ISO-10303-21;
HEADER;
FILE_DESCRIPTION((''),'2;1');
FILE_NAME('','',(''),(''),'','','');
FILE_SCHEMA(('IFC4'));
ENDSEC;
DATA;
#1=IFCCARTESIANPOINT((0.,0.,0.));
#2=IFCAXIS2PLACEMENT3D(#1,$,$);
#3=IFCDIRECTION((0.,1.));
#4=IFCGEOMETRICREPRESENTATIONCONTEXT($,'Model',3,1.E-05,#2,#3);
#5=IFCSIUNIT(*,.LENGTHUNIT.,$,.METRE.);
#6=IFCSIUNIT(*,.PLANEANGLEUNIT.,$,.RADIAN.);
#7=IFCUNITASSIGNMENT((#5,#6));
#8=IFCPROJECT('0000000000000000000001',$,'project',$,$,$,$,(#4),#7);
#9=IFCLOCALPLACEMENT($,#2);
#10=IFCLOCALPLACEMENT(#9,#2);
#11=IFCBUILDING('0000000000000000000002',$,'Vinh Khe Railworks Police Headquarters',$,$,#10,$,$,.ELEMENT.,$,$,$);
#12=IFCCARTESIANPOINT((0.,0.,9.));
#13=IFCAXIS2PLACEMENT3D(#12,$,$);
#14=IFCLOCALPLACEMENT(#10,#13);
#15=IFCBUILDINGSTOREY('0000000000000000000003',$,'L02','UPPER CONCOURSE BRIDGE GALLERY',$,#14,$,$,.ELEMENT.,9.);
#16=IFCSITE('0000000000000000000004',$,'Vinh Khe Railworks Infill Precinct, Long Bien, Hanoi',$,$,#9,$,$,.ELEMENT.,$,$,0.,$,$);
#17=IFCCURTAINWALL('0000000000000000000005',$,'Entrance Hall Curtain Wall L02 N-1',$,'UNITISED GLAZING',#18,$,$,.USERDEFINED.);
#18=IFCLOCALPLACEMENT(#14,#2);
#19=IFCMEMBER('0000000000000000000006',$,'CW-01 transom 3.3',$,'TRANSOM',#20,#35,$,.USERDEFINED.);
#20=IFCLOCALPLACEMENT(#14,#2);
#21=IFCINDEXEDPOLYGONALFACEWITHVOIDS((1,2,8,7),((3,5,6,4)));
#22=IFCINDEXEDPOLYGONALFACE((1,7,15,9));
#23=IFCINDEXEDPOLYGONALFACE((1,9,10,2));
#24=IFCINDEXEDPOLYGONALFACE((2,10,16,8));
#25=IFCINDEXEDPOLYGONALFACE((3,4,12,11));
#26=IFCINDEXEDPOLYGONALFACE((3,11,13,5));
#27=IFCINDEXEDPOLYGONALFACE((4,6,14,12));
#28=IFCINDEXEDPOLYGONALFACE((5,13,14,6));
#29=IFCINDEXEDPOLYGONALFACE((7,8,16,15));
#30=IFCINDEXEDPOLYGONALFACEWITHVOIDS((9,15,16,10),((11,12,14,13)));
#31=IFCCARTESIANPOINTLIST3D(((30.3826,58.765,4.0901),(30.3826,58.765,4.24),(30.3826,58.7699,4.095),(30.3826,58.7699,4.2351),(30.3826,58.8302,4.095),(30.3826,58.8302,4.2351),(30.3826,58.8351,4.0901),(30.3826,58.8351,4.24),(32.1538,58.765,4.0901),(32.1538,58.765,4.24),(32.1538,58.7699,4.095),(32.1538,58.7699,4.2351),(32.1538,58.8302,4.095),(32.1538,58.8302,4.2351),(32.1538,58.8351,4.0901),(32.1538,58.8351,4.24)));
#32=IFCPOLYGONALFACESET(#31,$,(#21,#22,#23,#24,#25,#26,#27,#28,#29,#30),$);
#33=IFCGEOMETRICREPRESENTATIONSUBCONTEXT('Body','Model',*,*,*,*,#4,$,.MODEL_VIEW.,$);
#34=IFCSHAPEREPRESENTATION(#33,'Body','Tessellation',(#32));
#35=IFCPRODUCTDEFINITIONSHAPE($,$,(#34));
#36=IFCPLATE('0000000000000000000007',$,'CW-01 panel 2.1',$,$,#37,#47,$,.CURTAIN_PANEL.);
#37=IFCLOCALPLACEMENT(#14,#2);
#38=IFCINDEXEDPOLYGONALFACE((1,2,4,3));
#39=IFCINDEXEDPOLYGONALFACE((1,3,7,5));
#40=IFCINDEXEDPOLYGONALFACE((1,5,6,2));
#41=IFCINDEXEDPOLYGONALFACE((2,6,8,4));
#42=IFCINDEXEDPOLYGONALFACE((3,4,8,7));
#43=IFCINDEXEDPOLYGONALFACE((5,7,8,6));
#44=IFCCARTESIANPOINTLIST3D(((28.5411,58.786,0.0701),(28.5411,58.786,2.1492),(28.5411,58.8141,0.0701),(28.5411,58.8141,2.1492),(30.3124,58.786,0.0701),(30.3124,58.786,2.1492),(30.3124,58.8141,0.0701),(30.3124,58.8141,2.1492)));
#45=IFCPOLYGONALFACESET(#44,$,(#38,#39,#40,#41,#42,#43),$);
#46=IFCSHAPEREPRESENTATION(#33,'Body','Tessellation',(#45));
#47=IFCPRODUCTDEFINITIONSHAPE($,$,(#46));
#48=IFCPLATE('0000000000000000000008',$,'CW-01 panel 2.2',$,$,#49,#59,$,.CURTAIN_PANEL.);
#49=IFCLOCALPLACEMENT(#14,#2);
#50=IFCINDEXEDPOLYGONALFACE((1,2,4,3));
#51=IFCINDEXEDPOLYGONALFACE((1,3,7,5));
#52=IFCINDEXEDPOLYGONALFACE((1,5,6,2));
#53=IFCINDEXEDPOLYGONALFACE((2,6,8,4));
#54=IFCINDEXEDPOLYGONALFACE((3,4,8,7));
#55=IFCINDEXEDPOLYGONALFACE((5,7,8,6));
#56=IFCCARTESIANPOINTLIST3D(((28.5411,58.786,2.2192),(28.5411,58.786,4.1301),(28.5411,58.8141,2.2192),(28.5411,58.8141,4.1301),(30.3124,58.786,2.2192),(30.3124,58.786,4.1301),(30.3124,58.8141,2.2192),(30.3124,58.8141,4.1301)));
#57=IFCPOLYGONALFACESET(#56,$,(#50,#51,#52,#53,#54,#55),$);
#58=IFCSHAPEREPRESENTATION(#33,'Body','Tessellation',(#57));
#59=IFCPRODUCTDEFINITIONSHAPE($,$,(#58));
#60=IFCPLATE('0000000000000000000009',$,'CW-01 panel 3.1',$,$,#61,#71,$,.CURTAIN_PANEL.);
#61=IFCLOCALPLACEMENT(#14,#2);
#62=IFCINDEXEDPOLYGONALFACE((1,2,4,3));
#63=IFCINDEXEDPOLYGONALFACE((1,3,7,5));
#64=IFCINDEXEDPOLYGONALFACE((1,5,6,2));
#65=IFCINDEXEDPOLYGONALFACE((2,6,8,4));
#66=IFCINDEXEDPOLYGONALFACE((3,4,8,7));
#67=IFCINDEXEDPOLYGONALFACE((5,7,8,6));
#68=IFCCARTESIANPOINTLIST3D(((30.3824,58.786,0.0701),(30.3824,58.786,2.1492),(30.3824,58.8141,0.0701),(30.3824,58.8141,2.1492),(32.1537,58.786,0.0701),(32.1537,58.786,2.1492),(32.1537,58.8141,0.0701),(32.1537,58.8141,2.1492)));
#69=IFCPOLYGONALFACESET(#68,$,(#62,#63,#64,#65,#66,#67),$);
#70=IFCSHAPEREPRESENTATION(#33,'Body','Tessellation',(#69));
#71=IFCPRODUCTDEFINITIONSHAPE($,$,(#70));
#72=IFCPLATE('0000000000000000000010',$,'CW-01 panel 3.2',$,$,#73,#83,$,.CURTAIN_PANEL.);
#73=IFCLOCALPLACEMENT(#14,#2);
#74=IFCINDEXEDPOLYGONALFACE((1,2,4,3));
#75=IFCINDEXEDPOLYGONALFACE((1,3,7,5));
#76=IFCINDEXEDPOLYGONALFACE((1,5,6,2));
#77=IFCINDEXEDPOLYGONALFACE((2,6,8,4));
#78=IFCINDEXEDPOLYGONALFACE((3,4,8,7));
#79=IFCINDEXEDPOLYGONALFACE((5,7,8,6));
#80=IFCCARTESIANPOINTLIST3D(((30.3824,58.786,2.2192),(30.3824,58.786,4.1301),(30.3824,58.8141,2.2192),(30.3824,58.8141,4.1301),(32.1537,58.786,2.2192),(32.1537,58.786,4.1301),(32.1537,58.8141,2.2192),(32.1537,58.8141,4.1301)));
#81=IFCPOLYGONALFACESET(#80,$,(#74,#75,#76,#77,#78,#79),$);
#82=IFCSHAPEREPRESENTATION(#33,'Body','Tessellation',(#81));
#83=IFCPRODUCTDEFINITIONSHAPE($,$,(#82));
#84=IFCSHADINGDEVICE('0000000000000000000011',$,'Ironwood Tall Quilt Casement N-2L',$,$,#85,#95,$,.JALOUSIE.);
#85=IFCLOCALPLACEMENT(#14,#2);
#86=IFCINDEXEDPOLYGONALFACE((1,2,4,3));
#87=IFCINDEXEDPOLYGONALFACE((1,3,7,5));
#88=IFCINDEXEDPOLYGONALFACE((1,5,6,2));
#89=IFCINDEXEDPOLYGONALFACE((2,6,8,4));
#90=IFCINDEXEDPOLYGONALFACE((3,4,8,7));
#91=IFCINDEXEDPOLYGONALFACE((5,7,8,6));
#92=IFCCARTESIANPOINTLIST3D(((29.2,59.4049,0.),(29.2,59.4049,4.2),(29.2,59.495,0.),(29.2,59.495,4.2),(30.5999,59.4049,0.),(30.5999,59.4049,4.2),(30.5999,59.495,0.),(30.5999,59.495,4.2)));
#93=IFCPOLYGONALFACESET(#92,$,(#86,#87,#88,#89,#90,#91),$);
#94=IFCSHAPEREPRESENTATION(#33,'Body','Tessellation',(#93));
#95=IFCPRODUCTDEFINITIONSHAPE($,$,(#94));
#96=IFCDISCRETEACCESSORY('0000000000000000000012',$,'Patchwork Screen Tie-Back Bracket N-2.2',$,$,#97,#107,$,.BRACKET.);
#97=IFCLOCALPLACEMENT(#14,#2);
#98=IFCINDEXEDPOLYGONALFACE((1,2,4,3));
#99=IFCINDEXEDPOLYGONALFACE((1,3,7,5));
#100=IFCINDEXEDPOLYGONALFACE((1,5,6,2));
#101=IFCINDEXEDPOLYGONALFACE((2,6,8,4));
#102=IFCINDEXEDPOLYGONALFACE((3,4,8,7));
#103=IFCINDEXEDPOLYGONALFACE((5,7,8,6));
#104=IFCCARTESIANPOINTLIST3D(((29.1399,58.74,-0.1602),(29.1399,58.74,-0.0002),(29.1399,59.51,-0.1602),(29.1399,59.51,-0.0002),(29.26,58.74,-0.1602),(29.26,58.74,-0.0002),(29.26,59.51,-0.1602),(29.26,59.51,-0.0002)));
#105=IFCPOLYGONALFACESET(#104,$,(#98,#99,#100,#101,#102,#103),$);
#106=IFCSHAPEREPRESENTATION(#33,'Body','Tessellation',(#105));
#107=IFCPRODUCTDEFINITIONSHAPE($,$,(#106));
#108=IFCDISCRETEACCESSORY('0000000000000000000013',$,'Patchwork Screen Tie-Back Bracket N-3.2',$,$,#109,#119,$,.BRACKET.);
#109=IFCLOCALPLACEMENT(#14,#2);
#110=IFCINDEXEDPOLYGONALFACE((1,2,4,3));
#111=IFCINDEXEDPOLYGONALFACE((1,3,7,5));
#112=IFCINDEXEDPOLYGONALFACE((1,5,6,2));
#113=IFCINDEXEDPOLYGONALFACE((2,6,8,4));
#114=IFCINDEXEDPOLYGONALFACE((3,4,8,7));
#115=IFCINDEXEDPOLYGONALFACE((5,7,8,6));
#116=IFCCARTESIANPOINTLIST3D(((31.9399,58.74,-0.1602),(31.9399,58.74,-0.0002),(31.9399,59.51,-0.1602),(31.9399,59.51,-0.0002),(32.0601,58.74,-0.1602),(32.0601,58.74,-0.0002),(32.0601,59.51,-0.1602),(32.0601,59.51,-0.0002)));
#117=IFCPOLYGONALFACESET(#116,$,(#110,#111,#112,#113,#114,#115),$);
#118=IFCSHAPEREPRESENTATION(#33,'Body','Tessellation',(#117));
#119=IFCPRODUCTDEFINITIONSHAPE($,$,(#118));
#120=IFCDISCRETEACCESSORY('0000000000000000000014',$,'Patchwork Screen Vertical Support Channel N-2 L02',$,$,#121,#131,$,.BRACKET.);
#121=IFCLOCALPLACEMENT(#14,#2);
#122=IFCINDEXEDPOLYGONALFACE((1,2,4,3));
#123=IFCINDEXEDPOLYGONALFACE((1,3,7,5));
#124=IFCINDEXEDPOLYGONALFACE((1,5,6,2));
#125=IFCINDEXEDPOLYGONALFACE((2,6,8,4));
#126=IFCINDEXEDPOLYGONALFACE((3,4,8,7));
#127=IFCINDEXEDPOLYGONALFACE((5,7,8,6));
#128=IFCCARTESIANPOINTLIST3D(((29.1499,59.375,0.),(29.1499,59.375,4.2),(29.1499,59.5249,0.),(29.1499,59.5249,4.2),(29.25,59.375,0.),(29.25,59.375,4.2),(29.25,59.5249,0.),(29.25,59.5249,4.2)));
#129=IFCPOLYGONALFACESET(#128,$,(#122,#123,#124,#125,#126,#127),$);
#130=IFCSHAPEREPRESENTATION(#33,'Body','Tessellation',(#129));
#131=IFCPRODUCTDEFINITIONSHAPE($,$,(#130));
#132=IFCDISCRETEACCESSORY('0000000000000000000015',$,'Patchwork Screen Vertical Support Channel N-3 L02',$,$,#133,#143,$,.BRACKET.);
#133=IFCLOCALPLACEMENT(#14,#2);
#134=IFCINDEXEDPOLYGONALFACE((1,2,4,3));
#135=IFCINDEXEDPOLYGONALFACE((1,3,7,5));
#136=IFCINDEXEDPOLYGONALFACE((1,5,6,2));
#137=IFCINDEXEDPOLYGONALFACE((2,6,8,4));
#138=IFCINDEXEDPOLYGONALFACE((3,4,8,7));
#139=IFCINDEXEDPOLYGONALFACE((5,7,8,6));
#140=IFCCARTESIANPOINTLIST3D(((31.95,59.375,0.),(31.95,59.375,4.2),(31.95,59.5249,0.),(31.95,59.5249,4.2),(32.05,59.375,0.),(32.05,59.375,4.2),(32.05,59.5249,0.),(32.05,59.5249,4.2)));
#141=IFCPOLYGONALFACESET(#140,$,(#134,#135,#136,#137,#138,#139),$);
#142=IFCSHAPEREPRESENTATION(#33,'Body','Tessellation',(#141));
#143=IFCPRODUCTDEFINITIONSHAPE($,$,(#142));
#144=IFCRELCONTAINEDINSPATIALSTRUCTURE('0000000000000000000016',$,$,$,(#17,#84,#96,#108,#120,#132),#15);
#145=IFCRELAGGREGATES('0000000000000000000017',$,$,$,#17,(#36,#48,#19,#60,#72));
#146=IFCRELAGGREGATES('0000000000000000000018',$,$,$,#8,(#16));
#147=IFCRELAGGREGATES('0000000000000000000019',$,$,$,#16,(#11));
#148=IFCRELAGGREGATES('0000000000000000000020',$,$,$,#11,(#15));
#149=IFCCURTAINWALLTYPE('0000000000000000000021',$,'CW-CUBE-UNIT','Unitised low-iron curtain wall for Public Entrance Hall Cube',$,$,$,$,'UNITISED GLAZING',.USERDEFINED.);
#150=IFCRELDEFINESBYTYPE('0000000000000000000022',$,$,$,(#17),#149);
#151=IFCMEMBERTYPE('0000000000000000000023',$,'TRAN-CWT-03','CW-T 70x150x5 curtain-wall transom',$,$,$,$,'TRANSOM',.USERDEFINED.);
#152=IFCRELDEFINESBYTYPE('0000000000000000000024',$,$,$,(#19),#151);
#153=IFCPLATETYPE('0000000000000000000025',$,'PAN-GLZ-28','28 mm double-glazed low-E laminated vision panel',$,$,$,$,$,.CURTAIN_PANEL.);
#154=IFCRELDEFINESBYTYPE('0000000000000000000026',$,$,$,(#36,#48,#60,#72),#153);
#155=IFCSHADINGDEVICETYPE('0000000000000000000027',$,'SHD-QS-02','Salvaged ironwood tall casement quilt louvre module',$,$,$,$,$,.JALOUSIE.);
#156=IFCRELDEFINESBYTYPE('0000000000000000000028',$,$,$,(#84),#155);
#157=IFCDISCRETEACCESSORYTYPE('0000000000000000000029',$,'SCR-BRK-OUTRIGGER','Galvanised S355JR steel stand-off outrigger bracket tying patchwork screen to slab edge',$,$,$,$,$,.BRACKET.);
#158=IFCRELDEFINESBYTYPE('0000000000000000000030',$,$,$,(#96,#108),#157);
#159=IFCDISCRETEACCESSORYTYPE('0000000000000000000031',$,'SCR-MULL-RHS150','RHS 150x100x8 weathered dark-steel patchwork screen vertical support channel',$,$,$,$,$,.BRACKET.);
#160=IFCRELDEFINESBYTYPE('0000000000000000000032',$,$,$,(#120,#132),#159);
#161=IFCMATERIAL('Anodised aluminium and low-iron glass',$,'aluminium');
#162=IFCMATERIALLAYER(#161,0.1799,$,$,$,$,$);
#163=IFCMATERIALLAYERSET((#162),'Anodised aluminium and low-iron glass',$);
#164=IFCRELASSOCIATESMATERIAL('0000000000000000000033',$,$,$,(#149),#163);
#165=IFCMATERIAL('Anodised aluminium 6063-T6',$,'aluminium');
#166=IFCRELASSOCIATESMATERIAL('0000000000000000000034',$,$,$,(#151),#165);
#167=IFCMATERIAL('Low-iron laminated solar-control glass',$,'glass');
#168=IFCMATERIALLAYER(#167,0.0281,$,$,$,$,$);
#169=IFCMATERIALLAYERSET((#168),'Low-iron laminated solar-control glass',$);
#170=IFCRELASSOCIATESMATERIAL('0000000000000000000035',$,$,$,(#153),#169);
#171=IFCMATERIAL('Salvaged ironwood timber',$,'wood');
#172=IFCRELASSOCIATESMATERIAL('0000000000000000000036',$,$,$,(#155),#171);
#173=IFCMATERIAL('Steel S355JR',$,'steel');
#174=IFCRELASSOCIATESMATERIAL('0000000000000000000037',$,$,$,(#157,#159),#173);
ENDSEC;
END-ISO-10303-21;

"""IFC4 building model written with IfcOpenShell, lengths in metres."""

from ifc_helpers import new_model, si_unit, direction, frame, origin, origin_2d, place, context, subcontext, project, spatial, rectangle, hollow_rectangle, extrude, material, layer, layer_set, material_profile, profile_set, type_object, element, aggregate, save


model = new_model("IFC4")

# Units and contexts
model_context = context("Model", 3, precision=1e-05, world=origin(), true_north=direction((0.0, 1.0)))
body_context = subcontext(model_context, "Body", "Model", "MODEL_VIEW")
ifc_project = project(units=[si_unit("LENGTHUNIT", "METRE"), si_unit("PLANEANGLEUNIT", "RADIAN")], contexts=[model_context])

# Site, building, storey
site_placement = place(None, origin())
site = spatial("IfcSite", under=ifc_project, at=site_placement, Name="Vinh Khe Railworks Infill Precinct, Long Bien, Hanoi", CompositionType="ELEMENT", RefElevation=0.0)
building_placement = place(site_placement, origin())
building = spatial("IfcBuilding", under=site, at=building_placement, Name="Vinh Khe Railworks Police Headquarters", CompositionType="ELEMENT")
storey_placement = place(building_placement, frame((0.0, 0.0, 9.0)))
storey = spatial("IfcBuildingStorey", under=building, at=storey_placement, Name="L02", Description="UPPER CONCOURSE BRIDGE GALLERY", CompositionType="ELEMENT", Elevation=9.0)

# Shared definitions
ifc_material_1 = material(Name="Steel S355JR", Category="steel")

# Shared definitions
ifc_material_2 = material(Name="Salvaged ironwood timber", Category="wood")

# Curtain wall, member, plates
ifc_material_3 = material(Name="Anodised aluminium and low-iron glass", Category="aluminium")
ifc_layer_1 = layer(ifc_material_3, 0.1799)
ifc_layer_set_1 = layer_set([ifc_layer_1], Name="Anodised aluminium and low-iron glass")
curtain_wall_type = type_object("IfcCurtainWallType", Name="CW-CUBE-UNIT", Description="Unitised low-iron curtain wall for Public Entrance Hall Cube", ElementType="UNITISED GLAZING", PredefinedType="USERDEFINED", material=ifc_layer_set_1)
curtain_wall_placement = place(storey_placement, origin())
curtain_wall = element("IfcCurtainWall", 1, at=curtain_wall_placement, inside=storey, type_object=curtain_wall_type, Name="Entrance Hall Curtain Wall L02 N-1", ObjectType="UNITISED GLAZING", PredefinedType="USERDEFINED")
ifc_material_4 = material(Name="Anodised aluminium 6063-T6", Category="aluminium")
ifc_material_profile_1 = material_profile(ifc_material_4, hollow_rectangle(XDim=0.0701, YDim=0.1499, WallThickness=0.0049, at=origin_2d()), Name="CW-T 70x150x5")
ifc_profile_set_1 = profile_set([ifc_material_profile_1], Name="Anodised aluminium 6063-T6")
member_type_1 = type_object("IfcMemberType", Name="TRAN-CWT-03", Description="CW-T 70x150x5 curtain-wall transom", ElementType="TRANSOM", PredefinedType="USERDEFINED", material=ifc_profile_set_1)
member_1_placement = place(storey_placement, frame((30.3826, 58.8, 4.165), z_axis=(1.0, 0.0, 0.0), x_axis=(0.0, 1.0, 0.0)))
member_1 = element("IfcMember", 2, at=member_1_placement, type_object=member_type_1, Name="CW-01 transom 3.3", ObjectType="TRANSOM", PredefinedType="USERDEFINED", context=body_context, shape_type="SweptSolid", body=[
    extrude(hollow_rectangle(XDim=0.0701, YDim=0.1499, WallThickness=0.0049, at=origin_2d()), origin(), (0.0, 0.0, 1.0), 1.7712),
])
ifc_material_5 = material(Name="Low-iron laminated solar-control glass", Category="glass")
ifc_layer_2 = layer(ifc_material_5, 0.0281)
ifc_layer_set_2 = layer_set([ifc_layer_2], Name="Low-iron laminated solar-control glass")
plate_type = type_object("IfcPlateType", Name="PAN-GLZ-28", Description="28 mm double-glazed low-E laminated vision panel", PredefinedType="CURTAIN_PANEL", material=ifc_layer_set_2)
plate_1_placement = place(storey_placement, frame((29.4268, 58.8, 0.0701), z_axis=(0.0, 0.0, 1.0), x_axis=(1.0, 0.0, 0.0)))
plate_1 = element("IfcPlate", 3, at=plate_1_placement, type_object=plate_type, Name="CW-01 panel 2.1", PredefinedType="CURTAIN_PANEL", context=body_context, shape_type="SweptSolid", body=[
    extrude(rectangle(XDim=1.7712, YDim=0.0281, at=origin_2d()), origin(), (0.0, 0.0, 1.0), 2.0791),
])
plate_2_placement = place(storey_placement, frame((29.4268, 58.8, 2.2192), z_axis=(0.0, 0.0, 1.0), x_axis=(1.0, 0.0, 0.0)))
plate_2 = element("IfcPlate", 4, at=plate_2_placement, type_object=plate_type, Name="CW-01 panel 2.2", PredefinedType="CURTAIN_PANEL", context=body_context, shape_type="SweptSolid", body=[
    extrude(rectangle(XDim=1.7712, YDim=0.0281, at=origin_2d()), origin(), (0.0, 0.0, 1.0), 1.9109),
])
plate_3_placement = place(storey_placement, frame((31.2681, 58.8, 0.0701), z_axis=(0.0, 0.0, 1.0), x_axis=(1.0, 0.0, 0.0)))
plate_3 = element("IfcPlate", 5, at=plate_3_placement, type_object=plate_type, Name="CW-01 panel 3.1", PredefinedType="CURTAIN_PANEL", context=body_context, shape_type="SweptSolid", body=[
    extrude(rectangle(XDim=1.7712, YDim=0.0281, at=origin_2d()), origin(), (0.0, 0.0, 1.0), 2.0791),
])
plate_4_placement = place(storey_placement, frame((31.2681, 58.8, 2.2192), z_axis=(0.0, 0.0, 1.0), x_axis=(1.0, 0.0, 0.0)))
plate_4 = element("IfcPlate", 6, at=plate_4_placement, type_object=plate_type, Name="CW-01 panel 3.2", PredefinedType="CURTAIN_PANEL", context=body_context, shape_type="SweptSolid", body=[
    extrude(rectangle(XDim=1.7712, YDim=0.0281, at=origin_2d()), origin(), (0.0, 0.0, 1.0), 1.9109),
])
aggregate(curtain_wall, [plate_1, plate_2, member_1, plate_3, plate_4])

# Shading device
shading_device_type = type_object("IfcShadingDeviceType", Name="SHD-QS-02", Description="Salvaged ironwood tall casement quilt louvre module", PredefinedType="JALOUSIE", material=ifc_material_2)
shading_device_placement = place(storey_placement, frame((29.8999, 59.45, 0.0), z_axis=(0.0, 0.0, 1.0), x_axis=(1.0, 0.0, 0.0)))
element("IfcShadingDevice", 7, at=shading_device_placement, inside=storey, type_object=shading_device_type, Name="Ironwood Tall Quilt Casement N-2L", PredefinedType="JALOUSIE", context=body_context, shape_type="SweptSolid", body=[
    extrude(rectangle(XDim=1.3999, YDim=0.0901, at=origin_2d()), origin(), (0.0, 0.0, 1.0), 4.2),
])

# Discrete accessories
discrete_accessory_type_1 = type_object("IfcDiscreteAccessoryType", Name="SCR-BRK-OUTRIGGER", Description="Galvanised S355JR steel stand-off outrigger bracket tying patchwork screen to slab edge", PredefinedType="BRACKET", material=ifc_material_1)
for number, where, z_axis, x_axis, name in (
    (8, (29.2, 59.125, -0.1602), (0.0, 0.0, 1.0), (1.0, 0.0, 0.0), "Patchwork Screen Tie-Back Bracket N-2.2"),
    (9, (32.0, 59.125, -0.1602), (0.0, 0.0, 1.0), (1.0, 0.0, 0.0), "Patchwork Screen Tie-Back Bracket N-3.2"),
):
    element("IfcDiscreteAccessory", number, at=place(storey_placement, frame(where, z_axis=z_axis, x_axis=x_axis)), inside=storey, type_object=discrete_accessory_type_1, Name=name, PredefinedType="BRACKET", context=body_context, shape_type="SweptSolid", body=[
        extrude(rectangle(XDim=0.1201, YDim=0.77, at=origin_2d()), origin(), (0.0, 0.0, 1.0), 0.1599),
    ])
discrete_accessory_type_2 = type_object("IfcDiscreteAccessoryType", Name="SCR-MULL-RHS150", Description="RHS 150x100x8 weathered dark-steel patchwork screen vertical support channel", PredefinedType="BRACKET", material=ifc_material_1)
for number, where, z_axis, x_axis, name in (
    (10, (29.2, 59.45, 0.0), (0.0, 0.0, 1.0), (1.0, 0.0, 0.0), "Patchwork Screen Vertical Support Channel N-2 L02"),
    (11, (32.0, 59.45, 0.0), (0.0, 0.0, 1.0), (1.0, 0.0, 0.0), "Patchwork Screen Vertical Support Channel N-3 L02"),
):
    element("IfcDiscreteAccessory", number, at=place(storey_placement, frame(where, z_axis=z_axis, x_axis=x_axis)), inside=storey, type_object=discrete_accessory_type_2, Name=name, PredefinedType="BRACKET", context=body_context, shape_type="SweptSolid", body=[
        extrude(rectangle(XDim=0.1001, YDim=0.1499, at=origin_2d()), origin(), (0.0, 0.0, 1.0), 4.2),
    ])

save(model, "model.ifc")
